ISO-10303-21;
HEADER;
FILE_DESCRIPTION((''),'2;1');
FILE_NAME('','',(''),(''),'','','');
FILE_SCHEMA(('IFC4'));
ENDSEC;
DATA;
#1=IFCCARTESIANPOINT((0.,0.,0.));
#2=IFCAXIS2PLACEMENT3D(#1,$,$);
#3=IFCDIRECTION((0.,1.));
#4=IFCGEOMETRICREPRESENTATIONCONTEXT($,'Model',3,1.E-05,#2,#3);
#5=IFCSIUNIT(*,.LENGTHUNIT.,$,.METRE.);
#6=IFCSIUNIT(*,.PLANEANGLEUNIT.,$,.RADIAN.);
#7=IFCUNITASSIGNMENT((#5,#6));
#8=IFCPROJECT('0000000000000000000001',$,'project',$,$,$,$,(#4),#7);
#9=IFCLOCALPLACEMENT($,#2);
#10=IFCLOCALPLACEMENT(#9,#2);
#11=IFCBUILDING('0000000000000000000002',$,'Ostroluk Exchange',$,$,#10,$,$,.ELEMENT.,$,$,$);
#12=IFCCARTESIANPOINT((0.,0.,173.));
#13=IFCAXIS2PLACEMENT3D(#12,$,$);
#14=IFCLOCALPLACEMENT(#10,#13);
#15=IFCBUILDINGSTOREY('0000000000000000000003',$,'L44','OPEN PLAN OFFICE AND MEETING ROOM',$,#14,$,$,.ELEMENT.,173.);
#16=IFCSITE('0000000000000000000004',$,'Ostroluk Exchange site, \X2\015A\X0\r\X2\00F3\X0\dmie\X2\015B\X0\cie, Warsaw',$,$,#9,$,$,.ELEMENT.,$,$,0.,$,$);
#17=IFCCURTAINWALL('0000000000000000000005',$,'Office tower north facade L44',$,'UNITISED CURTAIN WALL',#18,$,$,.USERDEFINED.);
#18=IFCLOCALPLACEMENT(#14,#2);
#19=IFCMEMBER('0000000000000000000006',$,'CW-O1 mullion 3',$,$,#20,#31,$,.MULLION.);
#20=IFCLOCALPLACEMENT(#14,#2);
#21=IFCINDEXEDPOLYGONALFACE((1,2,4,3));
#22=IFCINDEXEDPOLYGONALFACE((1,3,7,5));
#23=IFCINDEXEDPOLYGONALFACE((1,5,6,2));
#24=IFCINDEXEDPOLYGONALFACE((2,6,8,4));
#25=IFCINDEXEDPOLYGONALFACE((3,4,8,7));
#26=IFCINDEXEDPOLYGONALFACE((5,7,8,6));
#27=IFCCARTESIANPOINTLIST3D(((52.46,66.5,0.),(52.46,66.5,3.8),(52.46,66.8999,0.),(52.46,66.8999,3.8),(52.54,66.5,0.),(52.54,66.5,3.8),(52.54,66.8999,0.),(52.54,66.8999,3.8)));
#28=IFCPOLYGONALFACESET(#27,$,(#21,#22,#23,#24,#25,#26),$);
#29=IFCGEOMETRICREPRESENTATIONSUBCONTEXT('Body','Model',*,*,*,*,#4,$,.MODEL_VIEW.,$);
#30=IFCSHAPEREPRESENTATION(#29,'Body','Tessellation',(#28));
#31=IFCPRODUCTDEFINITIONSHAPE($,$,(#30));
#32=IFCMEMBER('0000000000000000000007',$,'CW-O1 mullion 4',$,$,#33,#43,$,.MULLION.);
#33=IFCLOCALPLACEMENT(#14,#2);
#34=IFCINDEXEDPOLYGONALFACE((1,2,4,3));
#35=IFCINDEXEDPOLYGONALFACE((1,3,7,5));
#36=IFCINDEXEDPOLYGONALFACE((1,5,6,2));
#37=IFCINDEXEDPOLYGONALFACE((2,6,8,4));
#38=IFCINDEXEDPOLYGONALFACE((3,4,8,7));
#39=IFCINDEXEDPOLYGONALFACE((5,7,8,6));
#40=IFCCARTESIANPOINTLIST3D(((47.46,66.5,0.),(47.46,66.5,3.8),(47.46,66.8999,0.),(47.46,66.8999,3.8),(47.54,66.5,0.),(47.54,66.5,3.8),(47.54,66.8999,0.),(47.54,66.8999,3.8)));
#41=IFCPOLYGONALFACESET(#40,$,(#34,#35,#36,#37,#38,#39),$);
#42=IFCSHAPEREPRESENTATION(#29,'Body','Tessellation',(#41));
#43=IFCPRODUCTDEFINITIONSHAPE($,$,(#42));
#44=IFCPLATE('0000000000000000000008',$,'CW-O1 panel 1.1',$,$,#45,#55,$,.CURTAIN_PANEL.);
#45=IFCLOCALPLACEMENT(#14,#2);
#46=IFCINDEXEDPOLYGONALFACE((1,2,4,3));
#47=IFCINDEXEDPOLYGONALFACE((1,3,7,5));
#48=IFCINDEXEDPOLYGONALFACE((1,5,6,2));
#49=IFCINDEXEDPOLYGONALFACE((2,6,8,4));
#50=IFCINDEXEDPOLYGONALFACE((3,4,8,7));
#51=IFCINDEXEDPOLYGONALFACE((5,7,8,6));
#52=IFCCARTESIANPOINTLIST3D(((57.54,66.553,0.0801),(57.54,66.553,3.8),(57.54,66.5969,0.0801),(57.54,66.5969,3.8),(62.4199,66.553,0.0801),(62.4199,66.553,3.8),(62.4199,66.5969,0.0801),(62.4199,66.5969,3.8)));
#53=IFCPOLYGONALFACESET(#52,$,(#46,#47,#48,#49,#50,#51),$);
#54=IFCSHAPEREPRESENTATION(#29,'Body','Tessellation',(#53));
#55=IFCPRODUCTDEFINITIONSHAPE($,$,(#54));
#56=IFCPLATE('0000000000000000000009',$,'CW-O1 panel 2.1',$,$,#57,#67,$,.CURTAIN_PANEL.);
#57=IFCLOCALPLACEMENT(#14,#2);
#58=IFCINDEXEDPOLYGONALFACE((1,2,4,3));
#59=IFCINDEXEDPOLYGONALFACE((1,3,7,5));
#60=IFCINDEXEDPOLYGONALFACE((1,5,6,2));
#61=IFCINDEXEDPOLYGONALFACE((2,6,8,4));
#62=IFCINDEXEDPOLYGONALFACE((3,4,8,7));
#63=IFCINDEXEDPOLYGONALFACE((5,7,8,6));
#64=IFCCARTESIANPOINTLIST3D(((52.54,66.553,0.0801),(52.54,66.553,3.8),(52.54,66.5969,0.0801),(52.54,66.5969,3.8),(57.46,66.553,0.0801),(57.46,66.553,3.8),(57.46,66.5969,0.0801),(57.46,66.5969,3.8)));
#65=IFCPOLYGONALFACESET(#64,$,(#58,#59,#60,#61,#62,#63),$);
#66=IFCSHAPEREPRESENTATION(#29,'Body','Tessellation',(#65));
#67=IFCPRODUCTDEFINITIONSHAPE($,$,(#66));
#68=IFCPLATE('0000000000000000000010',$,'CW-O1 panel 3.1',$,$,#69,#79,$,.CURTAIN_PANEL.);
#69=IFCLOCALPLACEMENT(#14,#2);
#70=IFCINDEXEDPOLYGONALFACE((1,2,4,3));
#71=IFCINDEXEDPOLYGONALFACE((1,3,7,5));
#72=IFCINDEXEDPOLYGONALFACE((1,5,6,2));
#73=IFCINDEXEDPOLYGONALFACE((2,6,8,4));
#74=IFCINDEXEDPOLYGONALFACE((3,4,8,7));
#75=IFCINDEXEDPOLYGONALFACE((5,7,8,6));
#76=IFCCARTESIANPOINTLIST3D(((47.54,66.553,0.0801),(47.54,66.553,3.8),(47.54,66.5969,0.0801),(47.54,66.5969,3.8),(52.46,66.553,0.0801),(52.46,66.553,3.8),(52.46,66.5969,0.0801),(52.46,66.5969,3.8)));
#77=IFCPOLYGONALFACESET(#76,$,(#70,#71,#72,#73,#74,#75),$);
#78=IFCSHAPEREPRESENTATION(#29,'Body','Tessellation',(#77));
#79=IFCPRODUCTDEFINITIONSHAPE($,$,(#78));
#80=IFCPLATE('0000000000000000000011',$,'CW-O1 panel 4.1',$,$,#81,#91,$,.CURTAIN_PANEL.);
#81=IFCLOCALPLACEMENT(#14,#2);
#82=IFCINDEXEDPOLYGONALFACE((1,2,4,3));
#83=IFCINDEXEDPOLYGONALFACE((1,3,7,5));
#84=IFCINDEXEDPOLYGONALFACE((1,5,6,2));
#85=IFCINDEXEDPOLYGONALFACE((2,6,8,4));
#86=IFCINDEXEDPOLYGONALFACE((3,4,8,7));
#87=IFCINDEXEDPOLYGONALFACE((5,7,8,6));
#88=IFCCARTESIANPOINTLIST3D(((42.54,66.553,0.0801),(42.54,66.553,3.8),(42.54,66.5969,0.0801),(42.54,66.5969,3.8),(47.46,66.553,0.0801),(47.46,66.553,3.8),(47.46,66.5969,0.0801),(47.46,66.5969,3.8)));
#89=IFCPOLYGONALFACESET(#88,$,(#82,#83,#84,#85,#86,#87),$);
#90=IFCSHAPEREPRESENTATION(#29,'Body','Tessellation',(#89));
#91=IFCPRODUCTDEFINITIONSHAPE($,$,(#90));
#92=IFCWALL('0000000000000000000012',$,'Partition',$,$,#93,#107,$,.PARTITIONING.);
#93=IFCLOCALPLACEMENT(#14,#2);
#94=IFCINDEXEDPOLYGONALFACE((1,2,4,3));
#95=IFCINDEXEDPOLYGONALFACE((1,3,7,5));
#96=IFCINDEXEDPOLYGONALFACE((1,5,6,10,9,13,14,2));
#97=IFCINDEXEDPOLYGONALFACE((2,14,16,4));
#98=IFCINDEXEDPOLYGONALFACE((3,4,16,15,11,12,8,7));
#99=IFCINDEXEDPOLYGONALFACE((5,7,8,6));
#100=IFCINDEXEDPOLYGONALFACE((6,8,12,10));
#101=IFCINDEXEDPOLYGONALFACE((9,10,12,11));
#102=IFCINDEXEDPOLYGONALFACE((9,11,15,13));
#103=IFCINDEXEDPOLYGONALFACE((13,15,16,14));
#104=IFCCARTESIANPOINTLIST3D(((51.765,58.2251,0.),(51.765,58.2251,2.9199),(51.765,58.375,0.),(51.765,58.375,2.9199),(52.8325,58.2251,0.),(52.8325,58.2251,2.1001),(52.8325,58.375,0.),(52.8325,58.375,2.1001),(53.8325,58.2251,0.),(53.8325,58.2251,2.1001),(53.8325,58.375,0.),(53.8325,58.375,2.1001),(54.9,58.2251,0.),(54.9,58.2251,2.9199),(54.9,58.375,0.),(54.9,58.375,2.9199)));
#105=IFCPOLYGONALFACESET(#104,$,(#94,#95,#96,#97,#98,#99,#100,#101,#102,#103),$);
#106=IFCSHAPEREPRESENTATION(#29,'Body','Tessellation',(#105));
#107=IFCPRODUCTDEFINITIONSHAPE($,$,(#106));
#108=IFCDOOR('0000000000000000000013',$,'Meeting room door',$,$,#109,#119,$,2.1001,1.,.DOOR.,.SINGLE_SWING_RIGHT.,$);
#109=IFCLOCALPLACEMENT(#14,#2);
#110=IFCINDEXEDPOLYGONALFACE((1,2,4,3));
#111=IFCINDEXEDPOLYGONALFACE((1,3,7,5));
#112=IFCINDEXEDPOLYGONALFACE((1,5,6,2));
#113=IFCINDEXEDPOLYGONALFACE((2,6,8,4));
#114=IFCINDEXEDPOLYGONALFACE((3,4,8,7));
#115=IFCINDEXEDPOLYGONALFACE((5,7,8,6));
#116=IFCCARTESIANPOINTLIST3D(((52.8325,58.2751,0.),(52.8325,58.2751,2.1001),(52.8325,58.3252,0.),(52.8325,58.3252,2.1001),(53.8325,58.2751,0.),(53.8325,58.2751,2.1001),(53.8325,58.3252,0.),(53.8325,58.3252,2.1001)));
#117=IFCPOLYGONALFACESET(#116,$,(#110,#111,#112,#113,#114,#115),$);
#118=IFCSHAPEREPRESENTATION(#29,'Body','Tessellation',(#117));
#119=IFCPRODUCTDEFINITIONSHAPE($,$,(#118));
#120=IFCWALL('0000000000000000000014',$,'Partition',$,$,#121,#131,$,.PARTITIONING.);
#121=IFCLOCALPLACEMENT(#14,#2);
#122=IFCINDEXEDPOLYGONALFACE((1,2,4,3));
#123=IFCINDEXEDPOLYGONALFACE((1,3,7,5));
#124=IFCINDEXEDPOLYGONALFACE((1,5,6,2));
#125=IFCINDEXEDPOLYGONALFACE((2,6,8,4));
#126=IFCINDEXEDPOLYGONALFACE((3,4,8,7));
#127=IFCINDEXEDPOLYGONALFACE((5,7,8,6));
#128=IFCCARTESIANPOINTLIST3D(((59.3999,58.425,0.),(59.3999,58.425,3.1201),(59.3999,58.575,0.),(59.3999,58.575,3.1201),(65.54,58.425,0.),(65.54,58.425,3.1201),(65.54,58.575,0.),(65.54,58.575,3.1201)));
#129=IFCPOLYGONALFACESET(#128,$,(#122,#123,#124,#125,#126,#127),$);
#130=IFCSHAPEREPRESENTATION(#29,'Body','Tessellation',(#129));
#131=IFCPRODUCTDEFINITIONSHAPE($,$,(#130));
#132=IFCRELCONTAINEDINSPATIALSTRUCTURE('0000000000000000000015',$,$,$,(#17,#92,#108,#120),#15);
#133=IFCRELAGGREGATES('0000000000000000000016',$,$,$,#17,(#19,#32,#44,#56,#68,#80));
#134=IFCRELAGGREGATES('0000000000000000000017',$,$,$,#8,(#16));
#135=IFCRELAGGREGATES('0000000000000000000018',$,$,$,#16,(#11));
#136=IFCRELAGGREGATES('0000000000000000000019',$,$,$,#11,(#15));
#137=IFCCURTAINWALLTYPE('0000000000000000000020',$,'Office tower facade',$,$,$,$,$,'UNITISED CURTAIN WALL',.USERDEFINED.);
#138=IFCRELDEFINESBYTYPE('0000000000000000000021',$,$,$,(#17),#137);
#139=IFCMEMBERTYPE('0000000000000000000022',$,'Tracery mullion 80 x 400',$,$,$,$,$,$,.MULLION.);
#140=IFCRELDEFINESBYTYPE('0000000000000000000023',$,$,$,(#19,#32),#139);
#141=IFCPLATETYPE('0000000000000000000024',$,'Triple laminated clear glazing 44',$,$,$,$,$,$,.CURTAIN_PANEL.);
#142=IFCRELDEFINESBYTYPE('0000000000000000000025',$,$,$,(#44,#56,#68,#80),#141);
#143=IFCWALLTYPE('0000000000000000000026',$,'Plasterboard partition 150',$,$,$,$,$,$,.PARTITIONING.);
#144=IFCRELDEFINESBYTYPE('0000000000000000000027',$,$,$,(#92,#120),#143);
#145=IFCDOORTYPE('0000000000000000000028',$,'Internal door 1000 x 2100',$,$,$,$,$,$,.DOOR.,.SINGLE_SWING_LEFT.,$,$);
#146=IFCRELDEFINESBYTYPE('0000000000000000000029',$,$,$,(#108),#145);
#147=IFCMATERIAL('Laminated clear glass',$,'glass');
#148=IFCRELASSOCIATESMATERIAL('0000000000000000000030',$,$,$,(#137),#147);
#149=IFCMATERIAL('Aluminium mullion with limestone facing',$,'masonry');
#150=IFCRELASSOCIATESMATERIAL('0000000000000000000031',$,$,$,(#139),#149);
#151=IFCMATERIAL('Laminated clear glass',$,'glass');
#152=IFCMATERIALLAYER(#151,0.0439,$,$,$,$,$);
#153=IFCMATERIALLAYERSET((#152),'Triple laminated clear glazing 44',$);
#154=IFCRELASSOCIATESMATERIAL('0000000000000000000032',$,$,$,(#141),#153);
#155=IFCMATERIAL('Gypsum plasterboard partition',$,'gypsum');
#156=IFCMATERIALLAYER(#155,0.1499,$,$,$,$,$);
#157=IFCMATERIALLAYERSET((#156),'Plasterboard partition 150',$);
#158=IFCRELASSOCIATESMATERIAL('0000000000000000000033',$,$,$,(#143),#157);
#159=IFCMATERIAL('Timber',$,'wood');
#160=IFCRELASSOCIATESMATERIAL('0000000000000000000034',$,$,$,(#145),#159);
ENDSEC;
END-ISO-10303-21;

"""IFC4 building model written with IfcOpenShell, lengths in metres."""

from ifc_helpers import new_model, si_unit, direction, frame, frame_2d, origin, origin_2d, place, context, subcontext, project, spatial, rectangle, extrude, material, layer, layer_set, material_profile, profile_set, type_object, element, fill, aggregate, save


model = new_model("IFC4")

# Units and contexts
model_context = context("Model", 3, precision=1e-05, world=origin(), true_north=direction((0.0, 1.0)))
body_context = subcontext(model_context, "Body", "Model", "MODEL_VIEW")
ifc_project = project(units=[si_unit("LENGTHUNIT", "METRE"), si_unit("PLANEANGLEUNIT", "RADIAN")], contexts=[model_context])

# Site, building, storey
site_placement = place(None, origin())
site = spatial("IfcSite", under=ifc_project, at=site_placement, Name="Ostroluk Exchange site, Śródmieście, Warsaw", CompositionType="ELEMENT", RefElevation=0.0)
building_placement = place(site_placement, origin())
building = spatial("IfcBuilding", under=site, at=building_placement, Name="Ostroluk Exchange", CompositionType="ELEMENT")
storey_placement = place(building_placement, frame((0.0, 0.0, 173.0)))
storey = spatial("IfcBuildingStorey", under=building, at=storey_placement, Name="L44", Description="OPEN PLAN OFFICE AND MEETING ROOM", CompositionType="ELEMENT", Elevation=173.0)

# Curtain wall, members, plates
ifc_material_1 = material(Name="Laminated clear glass", Category="glass")
curtain_wall_type = type_object("IfcCurtainWallType", Name="Office tower facade", ElementType="UNITISED CURTAIN WALL", PredefinedType="USERDEFINED", material=ifc_material_1)
curtain_wall_placement = place(storey_placement, origin())
curtain_wall = element("IfcCurtainWall", 1, at=curtain_wall_placement, inside=storey, type_object=curtain_wall_type, Name="Office tower north facade L44", ObjectType="UNITISED CURTAIN WALL", PredefinedType="USERDEFINED")
ifc_material_2 = material(Name="Aluminium mullion with limestone facing", Category="masonry")
ifc_material_profile_1 = material_profile(ifc_material_2, rectangle(XDim=0.3999, YDim=0.0801, at=origin_2d()), Name="Tracery mullion 80 x 400")
ifc_profile_set_1 = profile_set([ifc_material_profile_1], Name="Aluminium mullion with limestone facing")
member_type_1 = type_object("IfcMemberType", Name="Tracery mullion 80 x 400", PredefinedType="MULLION", material=ifc_profile_set_1)
member_1_placement = place(storey_placement, frame((52.5, 66.7, 0.0), z_axis=(0.0, 0.0, 1.0), x_axis=(0.0, -1.0, 0.0)))
member_1 = element("IfcMember", 2, at=member_1_placement, type_object=member_type_1, Name="CW-O1 mullion 3", PredefinedType="MULLION", context=body_context, shape_type="SweptSolid", body=[
    extrude(rectangle(XDim=0.3999, YDim=0.0801, at=origin_2d()), origin(), (0.0, 0.0, 1.0), 3.8),
])
member_2_placement = place(storey_placement, frame((47.5, 66.7, 0.0), z_axis=(0.0, 0.0, 1.0), x_axis=(0.0, -1.0, 0.0)))
member_2 = element("IfcMember", 3, at=member_2_placement, type_object=member_type_1, Name="CW-O1 mullion 4", PredefinedType="MULLION", context=body_context, shape_type="SweptSolid", body=[
    extrude(rectangle(XDim=0.3999, YDim=0.0801, at=origin_2d()), origin(), (0.0, 0.0, 1.0), 3.8),
])
ifc_material_3 = material(Name="Laminated clear glass", Category="glass")
ifc_layer_1 = layer(ifc_material_3, 0.0439)
ifc_layer_set_1 = layer_set([ifc_layer_1], Name="Triple laminated clear glazing 44")
plate_type = type_object("IfcPlateType", Name="Triple laminated clear glazing 44", PredefinedType="CURTAIN_PANEL", material=ifc_layer_set_1)
plate_1_placement = place(storey_placement, frame((59.98, 66.575, 0.0801), z_axis=(0.0, 0.0, 1.0), x_axis=(-1.0, 0.0, 0.0)))
plate_1 = element("IfcPlate", 4, at=plate_1_placement, type_object=plate_type, Name="CW-O1 panel 1.1", PredefinedType="CURTAIN_PANEL", context=body_context, shape_type="SweptSolid", body=[
    extrude(rectangle(XDim=4.8799, YDim=0.0439, at=origin_2d()), origin(), (0.0, 0.0, 1.0), 3.72),
])
plate_2_placement = place(storey_placement, frame((55.0, 66.575, 0.0801), z_axis=(0.0, 0.0, 1.0), x_axis=(-1.0, 0.0, 0.0)))
plate_2 = element("IfcPlate", 5, at=plate_2_placement, type_object=plate_type, Name="CW-O1 panel 2.1", PredefinedType="CURTAIN_PANEL", context=body_context, shape_type="SweptSolid", body=[
    extrude(rectangle(XDim=4.9199, YDim=0.0439, at=origin_2d()), origin(), (0.0, 0.0, 1.0), 3.72),
])
plate_3_placement = place(storey_placement, frame((50.0, 66.575, 0.0801), z_axis=(0.0, 0.0, 1.0), x_axis=(-1.0, 0.0, 0.0)))
plate_3 = element("IfcPlate", 6, at=plate_3_placement, type_object=plate_type, Name="CW-O1 panel 3.1", PredefinedType="CURTAIN_PANEL", context=body_context, shape_type="SweptSolid", body=[
    extrude(rectangle(XDim=4.9199, YDim=0.0439, at=origin_2d()), origin(), (0.0, 0.0, 1.0), 3.72),
])
plate_4_placement = place(storey_placement, frame((45.0, 66.575, 0.0801), z_axis=(0.0, 0.0, 1.0), x_axis=(-1.0, 0.0, 0.0)))
plate_4 = element("IfcPlate", 7, at=plate_4_placement, type_object=plate_type, Name="CW-O1 panel 4.1", PredefinedType="CURTAIN_PANEL", context=body_context, shape_type="SweptSolid", body=[
    extrude(rectangle(XDim=4.9199, YDim=0.0439, at=origin_2d()), origin(), (0.0, 0.0, 1.0), 3.72),
])
aggregate(curtain_wall, [member_1, member_2, plate_1, plate_2, plate_3, plate_4])

# Wall, opening, door
ifc_material_4 = material(Name="Gypsum plasterboard partition", Category="gypsum")
ifc_layer_2 = layer(ifc_material_4, 0.1499)
ifc_layer_set_2 = layer_set([ifc_layer_2], Name="Plasterboard partition 150")
wall_type = type_object("IfcWallType", Name="Plasterboard partition 150", PredefinedType="PARTITIONING", material=ifc_layer_set_2)
wall_1_placement = place(storey_placement, frame((54.8999, 58.3, 0.0), z_axis=(0.0, 0.0, 1.0), x_axis=(-1.0, 0.0, 0.0)))
wall_1 = element("IfcWall", 8, at=wall_1_placement, inside=storey, type_object=wall_type, Name="Partition", PredefinedType="PARTITIONING", context=body_context, shape_type="SweptSolid", body=[
    extrude(rectangle(XDim=3.135, YDim=0.1499, at=frame_2d((1.5674, 0.0))), origin(), (0.0, 0.0, 1.0), 2.9199),
])
opening_1_placement = place(wall_1_placement, frame((1.0674, 0.0, 0.0)))
opening_1 = element("IfcOpeningElement", 9, at=opening_1_placement, cuts=wall_1, PredefinedType="OPENING", context=body_context, shape_type="SweptSolid", body=[
    extrude(rectangle(XDim=1.0, YDim=2.1001, at=frame_2d((0.5, 1.05))), frame((0.0, 0.085, 0.0), z_axis=(0.0, -1.0, 0.0), x_axis=(1.0, 0.0, 0.0)), (0.0, 0.0, 1.0), 0.1699),
])
ifc_material_5 = material(Name="Timber", Category="wood")
door_type = type_object("IfcDoorType", Name="Internal door 1000 x 2100", OperationType="SINGLE_SWING_LEFT", PredefinedType="DOOR", material=ifc_material_5)
door_1_placement = place(opening_1_placement, origin())
door_1 = element("IfcDoor", 10, at=door_1_placement, inside=storey, type_object=door_type, Name="Meeting room door", OperationType="SINGLE_SWING_RIGHT", OverallHeight=2.1001, OverallWidth=1.0, PredefinedType="DOOR", context=body_context, shape_type="SweptSolid", body=[
    extrude(rectangle(XDim=1.0, YDim=2.1001, at=frame_2d((0.5, 1.05))), frame((0.0, 0.0249, 0.0), z_axis=(0.0, -1.0, 0.0), x_axis=(1.0, 0.0, 0.0)), (0.0, 0.0, 1.0), 0.05),
])
fill(opening_1, door_1)

# Wall
wall_2_placement = place(storey_placement, frame((59.3999, 58.5, 0.0), z_axis=(0.0, 0.0, 1.0), x_axis=(1.0, 0.0, 0.0)))
element("IfcWall", 11, at=wall_2_placement, inside=storey, type_object=wall_type, Name="Partition", PredefinedType="PARTITIONING", context=body_context, shape_type="SweptSolid", body=[
    extrude(rectangle(XDim=6.1401, YDim=0.1499, at=frame_2d((3.0701, 0.0))), origin(), (0.0, 0.0, 1.0), 3.1201),
])

save(model, "model.ifc")
